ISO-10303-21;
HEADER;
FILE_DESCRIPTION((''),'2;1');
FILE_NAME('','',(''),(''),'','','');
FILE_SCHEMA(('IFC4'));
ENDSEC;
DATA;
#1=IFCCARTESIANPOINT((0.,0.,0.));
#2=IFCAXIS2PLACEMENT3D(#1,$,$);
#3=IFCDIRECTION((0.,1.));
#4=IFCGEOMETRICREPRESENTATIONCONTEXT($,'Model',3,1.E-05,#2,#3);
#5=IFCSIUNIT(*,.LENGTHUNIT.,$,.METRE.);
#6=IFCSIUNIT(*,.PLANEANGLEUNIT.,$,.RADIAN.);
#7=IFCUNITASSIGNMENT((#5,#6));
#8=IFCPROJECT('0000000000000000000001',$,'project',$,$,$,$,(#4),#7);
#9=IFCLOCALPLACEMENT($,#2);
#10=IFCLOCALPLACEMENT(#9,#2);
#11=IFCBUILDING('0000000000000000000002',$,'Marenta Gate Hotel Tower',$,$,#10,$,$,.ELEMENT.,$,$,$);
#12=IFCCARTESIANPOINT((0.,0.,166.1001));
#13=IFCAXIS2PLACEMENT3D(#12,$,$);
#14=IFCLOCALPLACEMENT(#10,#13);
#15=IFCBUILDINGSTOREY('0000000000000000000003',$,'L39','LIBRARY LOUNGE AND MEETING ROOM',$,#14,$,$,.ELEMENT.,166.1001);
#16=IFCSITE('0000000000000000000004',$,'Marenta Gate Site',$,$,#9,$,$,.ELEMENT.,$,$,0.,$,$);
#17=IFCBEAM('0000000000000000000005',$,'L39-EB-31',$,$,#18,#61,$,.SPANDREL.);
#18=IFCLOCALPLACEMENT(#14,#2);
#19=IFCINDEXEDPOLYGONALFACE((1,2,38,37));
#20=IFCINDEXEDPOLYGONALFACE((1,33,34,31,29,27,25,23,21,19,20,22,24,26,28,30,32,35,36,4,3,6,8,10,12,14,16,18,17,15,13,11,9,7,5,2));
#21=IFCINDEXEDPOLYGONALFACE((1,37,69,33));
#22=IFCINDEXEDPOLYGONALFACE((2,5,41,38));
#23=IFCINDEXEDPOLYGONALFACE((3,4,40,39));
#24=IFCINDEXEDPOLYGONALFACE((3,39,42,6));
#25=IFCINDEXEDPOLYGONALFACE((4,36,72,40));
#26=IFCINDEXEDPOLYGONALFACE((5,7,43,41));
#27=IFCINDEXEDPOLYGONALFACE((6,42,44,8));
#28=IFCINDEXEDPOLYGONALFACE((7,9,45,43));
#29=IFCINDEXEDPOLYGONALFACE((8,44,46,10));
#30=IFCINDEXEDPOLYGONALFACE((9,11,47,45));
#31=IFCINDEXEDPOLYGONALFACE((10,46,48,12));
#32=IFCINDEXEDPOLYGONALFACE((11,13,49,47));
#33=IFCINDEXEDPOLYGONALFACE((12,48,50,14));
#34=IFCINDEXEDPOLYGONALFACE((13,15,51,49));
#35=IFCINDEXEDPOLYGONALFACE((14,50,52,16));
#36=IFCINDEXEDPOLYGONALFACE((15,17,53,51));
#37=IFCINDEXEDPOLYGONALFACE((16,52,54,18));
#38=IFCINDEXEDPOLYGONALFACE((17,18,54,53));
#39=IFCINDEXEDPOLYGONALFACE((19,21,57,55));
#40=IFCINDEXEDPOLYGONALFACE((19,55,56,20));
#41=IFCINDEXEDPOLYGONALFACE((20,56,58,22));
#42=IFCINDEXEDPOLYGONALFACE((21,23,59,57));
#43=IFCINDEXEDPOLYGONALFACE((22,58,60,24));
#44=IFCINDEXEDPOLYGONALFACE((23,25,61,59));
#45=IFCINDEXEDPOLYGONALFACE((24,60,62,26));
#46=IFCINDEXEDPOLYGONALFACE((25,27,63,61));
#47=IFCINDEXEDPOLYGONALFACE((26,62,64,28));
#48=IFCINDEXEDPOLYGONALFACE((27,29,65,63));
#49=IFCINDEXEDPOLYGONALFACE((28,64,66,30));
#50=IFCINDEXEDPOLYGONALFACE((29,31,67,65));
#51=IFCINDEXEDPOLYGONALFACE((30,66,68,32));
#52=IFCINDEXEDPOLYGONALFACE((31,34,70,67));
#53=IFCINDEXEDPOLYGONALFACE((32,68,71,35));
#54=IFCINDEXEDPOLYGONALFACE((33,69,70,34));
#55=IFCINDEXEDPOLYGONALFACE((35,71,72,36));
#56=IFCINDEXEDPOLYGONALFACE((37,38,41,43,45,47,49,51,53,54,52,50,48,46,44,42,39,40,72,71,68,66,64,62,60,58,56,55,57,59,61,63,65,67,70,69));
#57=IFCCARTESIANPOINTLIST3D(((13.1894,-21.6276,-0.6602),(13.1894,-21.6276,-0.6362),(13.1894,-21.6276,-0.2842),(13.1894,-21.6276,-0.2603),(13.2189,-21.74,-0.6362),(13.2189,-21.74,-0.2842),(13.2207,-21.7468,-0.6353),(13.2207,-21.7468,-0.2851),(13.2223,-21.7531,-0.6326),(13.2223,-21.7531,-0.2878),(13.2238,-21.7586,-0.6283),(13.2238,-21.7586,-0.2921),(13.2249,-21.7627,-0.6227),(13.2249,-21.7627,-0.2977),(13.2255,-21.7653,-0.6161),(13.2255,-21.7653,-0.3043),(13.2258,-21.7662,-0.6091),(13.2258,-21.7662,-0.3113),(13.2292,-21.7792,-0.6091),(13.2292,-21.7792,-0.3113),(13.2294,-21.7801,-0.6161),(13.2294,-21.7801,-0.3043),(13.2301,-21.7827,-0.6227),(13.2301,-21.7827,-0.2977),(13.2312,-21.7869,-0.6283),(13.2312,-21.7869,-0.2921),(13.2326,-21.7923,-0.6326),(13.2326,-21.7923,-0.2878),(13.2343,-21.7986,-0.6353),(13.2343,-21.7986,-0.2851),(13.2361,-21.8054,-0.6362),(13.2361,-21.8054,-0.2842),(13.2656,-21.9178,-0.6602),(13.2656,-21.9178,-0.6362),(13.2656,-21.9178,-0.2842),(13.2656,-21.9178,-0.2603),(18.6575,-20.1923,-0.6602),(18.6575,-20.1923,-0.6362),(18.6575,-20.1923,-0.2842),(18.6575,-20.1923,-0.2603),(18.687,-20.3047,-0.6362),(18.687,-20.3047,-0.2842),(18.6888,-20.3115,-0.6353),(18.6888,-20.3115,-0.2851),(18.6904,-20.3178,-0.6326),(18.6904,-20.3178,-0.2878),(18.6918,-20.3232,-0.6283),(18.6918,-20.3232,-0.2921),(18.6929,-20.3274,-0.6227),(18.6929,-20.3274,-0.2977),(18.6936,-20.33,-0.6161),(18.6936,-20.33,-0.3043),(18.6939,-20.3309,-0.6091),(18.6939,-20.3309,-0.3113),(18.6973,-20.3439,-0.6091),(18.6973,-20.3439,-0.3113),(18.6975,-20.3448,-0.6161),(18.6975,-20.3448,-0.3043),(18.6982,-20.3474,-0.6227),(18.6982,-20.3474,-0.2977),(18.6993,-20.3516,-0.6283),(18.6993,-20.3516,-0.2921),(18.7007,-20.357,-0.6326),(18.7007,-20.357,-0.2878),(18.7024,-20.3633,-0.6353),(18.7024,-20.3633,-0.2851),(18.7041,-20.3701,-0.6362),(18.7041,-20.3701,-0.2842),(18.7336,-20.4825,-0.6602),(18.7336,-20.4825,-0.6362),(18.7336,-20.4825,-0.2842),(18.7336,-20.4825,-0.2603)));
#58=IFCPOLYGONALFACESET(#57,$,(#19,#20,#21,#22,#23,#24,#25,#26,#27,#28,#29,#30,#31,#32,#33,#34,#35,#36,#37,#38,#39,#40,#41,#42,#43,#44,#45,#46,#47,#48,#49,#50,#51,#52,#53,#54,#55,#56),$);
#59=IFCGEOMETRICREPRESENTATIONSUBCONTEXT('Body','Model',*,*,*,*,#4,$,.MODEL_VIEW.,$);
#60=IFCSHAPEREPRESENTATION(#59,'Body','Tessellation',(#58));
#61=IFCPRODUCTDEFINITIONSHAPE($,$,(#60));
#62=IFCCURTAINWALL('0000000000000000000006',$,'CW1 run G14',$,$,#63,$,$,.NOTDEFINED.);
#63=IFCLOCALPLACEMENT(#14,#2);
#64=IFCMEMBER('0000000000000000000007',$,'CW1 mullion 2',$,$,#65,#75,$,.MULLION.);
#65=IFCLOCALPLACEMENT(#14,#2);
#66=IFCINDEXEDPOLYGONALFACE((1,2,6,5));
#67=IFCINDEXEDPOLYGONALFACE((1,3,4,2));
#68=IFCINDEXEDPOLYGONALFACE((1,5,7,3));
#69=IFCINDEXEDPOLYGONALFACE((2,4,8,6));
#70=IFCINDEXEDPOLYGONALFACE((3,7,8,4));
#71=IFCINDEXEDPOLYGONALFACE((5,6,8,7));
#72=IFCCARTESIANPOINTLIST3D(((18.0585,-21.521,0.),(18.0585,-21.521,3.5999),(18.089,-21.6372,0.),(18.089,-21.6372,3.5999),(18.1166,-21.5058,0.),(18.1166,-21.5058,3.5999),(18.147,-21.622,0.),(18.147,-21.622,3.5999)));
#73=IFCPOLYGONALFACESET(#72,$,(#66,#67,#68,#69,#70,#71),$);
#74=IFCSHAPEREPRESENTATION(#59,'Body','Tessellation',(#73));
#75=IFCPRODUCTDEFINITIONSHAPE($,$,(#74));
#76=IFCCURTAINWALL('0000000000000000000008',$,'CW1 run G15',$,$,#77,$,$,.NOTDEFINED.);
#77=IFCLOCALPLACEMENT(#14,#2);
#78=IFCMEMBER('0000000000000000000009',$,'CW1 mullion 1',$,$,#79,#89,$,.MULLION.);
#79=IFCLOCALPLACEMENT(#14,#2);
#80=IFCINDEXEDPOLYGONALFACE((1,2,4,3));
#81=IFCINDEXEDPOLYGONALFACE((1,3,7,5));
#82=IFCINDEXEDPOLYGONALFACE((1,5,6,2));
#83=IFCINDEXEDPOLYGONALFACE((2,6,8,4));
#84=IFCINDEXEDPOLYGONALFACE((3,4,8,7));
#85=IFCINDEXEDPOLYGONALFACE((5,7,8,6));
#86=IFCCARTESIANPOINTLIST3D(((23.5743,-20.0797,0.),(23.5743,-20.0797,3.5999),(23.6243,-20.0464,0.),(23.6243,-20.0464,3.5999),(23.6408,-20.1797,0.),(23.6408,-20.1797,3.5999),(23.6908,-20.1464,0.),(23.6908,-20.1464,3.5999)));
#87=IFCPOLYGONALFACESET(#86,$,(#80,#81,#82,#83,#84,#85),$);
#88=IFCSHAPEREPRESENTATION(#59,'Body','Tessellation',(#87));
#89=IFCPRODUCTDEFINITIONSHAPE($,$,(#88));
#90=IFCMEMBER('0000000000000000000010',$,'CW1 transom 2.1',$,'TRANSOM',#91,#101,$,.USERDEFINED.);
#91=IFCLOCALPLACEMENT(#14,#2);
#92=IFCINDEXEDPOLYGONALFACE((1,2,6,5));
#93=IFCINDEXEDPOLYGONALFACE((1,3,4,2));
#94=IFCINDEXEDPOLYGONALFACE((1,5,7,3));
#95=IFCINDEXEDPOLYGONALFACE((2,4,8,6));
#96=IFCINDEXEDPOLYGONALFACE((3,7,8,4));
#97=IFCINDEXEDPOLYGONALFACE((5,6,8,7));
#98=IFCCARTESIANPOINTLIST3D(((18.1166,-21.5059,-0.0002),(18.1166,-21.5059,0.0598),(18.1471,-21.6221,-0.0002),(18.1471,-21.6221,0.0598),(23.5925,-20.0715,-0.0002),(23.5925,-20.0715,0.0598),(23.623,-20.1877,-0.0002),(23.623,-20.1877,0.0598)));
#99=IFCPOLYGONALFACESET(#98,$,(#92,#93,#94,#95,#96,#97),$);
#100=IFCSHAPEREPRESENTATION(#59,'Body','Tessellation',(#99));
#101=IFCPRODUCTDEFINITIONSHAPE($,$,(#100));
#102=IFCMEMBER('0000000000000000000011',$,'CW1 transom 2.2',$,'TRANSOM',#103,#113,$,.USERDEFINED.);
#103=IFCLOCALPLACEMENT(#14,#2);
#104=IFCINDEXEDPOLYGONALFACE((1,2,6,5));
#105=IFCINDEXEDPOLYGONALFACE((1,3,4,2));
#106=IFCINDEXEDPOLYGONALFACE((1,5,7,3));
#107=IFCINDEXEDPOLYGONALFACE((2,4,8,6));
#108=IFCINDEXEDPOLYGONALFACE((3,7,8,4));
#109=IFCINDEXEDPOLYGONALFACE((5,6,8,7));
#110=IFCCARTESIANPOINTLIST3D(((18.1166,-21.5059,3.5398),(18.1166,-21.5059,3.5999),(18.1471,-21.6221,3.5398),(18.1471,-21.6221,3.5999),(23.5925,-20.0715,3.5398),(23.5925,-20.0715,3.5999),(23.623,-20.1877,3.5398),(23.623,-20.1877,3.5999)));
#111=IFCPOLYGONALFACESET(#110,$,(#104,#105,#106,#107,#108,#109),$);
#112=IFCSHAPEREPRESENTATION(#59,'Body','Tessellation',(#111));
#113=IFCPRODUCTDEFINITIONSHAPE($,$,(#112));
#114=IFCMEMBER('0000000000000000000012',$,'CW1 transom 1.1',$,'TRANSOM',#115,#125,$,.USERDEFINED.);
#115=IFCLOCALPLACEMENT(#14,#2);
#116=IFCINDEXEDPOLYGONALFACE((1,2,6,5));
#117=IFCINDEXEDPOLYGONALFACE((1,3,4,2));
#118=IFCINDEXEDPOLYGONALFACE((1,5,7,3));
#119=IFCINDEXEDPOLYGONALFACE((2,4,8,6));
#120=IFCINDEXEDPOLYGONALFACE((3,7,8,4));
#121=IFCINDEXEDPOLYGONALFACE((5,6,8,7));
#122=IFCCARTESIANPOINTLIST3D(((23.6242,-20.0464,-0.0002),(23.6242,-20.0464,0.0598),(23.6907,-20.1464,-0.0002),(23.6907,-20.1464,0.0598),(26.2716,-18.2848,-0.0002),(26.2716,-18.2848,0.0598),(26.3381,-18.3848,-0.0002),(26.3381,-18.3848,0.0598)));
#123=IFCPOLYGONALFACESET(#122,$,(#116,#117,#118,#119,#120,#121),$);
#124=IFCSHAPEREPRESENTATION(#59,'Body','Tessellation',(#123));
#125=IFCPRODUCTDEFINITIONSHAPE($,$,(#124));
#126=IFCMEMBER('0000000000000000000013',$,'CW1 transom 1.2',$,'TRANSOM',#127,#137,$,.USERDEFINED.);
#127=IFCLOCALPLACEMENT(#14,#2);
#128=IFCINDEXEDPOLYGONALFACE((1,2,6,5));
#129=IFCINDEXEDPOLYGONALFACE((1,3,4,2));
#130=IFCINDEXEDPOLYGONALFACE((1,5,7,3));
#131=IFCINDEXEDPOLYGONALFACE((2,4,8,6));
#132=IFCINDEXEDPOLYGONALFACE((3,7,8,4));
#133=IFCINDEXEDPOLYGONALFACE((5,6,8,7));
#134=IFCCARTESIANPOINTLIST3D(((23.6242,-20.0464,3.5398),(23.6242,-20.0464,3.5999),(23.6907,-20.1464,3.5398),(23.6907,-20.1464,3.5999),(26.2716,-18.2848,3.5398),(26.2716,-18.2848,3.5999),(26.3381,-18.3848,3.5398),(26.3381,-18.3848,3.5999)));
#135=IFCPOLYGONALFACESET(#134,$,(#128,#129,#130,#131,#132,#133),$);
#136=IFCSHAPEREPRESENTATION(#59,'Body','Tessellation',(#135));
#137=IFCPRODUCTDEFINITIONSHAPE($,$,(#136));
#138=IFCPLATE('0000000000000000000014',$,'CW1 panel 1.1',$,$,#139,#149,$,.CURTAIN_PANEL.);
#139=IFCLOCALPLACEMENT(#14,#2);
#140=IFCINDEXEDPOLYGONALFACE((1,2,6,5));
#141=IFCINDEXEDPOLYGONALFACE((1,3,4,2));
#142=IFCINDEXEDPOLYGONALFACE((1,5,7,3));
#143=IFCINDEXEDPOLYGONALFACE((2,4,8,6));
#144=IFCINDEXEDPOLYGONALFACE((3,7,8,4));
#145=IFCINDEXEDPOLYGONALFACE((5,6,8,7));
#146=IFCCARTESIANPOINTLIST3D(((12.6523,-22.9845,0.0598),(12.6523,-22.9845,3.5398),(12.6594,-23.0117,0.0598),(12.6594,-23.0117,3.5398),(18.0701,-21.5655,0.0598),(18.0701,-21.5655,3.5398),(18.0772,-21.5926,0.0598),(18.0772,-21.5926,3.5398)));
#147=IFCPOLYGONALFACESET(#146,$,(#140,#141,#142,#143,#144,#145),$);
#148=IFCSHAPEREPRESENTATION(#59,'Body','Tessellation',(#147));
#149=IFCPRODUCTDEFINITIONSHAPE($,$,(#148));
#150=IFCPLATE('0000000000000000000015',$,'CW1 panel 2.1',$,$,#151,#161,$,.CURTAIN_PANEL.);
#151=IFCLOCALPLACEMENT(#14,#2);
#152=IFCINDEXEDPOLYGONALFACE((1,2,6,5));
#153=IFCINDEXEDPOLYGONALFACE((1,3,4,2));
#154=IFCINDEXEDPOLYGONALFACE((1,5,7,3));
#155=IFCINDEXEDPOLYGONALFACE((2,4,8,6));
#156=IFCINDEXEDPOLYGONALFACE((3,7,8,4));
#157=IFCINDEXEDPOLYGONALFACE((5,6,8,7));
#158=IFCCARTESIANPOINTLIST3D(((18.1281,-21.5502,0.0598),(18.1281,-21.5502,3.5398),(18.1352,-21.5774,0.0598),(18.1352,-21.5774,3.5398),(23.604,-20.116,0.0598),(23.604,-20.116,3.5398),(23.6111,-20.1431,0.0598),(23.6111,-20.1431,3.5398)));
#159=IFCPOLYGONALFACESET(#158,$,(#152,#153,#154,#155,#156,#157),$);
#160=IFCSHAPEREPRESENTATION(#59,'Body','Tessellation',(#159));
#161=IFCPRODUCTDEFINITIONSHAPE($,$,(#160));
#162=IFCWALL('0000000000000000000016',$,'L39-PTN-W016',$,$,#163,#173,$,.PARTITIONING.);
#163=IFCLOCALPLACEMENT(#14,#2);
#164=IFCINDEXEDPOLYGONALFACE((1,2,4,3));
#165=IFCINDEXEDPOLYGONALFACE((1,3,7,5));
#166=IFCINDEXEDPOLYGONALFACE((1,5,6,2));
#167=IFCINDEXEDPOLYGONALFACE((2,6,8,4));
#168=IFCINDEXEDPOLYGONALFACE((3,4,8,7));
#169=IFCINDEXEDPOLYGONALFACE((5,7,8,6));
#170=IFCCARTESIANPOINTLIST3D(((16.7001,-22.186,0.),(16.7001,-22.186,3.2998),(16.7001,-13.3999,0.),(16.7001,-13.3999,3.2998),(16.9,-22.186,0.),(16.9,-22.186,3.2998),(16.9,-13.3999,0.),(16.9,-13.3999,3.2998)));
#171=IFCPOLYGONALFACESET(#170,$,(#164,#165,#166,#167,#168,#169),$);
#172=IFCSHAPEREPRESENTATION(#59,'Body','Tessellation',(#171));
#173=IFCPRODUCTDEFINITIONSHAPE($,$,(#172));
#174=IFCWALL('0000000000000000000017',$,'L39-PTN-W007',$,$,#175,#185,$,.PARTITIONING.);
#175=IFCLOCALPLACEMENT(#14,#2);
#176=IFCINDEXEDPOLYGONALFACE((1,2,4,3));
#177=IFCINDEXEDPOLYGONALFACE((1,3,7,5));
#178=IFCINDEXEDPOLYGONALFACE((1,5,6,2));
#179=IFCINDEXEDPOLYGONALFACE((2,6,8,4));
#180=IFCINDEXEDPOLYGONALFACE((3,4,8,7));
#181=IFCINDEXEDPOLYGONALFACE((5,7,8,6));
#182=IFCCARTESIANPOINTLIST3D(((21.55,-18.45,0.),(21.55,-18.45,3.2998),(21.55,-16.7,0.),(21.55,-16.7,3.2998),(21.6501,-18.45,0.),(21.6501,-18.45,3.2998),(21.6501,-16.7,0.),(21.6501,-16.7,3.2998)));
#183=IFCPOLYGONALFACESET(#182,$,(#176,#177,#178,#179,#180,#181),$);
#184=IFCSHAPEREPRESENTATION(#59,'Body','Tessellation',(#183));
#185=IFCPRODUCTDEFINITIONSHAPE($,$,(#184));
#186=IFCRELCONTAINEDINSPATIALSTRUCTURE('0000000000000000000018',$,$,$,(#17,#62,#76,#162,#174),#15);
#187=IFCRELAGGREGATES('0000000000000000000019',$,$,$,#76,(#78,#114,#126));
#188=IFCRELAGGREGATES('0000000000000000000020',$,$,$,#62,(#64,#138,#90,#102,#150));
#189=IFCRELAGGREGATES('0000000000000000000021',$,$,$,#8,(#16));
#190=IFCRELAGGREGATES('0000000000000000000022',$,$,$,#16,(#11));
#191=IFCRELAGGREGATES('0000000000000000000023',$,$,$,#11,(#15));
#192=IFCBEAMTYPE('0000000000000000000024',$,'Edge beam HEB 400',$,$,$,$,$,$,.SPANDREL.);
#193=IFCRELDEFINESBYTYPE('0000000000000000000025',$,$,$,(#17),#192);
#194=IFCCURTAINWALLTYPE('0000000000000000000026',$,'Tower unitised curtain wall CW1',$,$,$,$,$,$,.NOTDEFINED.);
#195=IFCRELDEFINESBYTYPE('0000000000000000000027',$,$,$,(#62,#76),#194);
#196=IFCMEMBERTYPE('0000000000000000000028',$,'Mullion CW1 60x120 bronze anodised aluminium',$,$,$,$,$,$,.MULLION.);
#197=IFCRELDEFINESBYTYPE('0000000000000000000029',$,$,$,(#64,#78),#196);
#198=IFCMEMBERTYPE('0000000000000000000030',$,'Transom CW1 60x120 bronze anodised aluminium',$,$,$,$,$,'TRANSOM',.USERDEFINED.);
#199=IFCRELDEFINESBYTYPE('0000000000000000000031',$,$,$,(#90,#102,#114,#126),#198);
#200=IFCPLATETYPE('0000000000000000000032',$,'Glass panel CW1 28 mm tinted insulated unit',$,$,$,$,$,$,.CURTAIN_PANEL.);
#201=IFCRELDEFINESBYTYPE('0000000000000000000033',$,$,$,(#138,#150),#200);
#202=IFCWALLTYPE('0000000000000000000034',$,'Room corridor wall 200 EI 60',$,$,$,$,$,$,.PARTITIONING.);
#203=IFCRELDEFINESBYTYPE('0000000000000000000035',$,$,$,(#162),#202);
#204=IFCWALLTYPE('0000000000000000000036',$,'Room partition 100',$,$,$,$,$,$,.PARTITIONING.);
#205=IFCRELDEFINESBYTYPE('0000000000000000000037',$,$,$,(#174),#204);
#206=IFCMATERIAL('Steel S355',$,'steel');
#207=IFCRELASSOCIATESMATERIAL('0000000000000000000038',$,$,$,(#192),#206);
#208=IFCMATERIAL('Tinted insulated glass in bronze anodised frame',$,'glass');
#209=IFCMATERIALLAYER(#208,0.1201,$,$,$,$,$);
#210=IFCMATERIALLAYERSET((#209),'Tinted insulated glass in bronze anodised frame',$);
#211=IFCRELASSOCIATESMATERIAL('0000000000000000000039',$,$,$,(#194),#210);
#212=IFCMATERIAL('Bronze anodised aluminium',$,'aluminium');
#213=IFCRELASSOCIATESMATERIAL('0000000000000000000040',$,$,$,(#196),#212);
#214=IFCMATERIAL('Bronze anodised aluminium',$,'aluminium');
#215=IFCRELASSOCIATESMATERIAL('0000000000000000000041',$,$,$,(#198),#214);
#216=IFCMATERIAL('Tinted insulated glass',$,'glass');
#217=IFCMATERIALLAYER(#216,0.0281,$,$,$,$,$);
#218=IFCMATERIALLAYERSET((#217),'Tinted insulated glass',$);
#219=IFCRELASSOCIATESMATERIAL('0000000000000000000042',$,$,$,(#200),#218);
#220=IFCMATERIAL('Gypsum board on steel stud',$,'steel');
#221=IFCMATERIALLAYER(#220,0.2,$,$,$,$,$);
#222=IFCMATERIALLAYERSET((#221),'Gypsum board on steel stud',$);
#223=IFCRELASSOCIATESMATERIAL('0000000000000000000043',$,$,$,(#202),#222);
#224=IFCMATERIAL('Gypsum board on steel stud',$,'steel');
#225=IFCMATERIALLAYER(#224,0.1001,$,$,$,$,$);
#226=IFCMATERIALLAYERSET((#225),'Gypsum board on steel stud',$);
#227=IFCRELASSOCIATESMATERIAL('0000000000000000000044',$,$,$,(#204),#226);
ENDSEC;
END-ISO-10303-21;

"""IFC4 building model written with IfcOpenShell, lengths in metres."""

from ifc_helpers import new_model, si_unit, direction, frame, frame_2d, origin, origin_2d, place, context, subcontext, project, spatial, rectangle, i_section, extrude, material, layer, layer_set, material_profile, profile_set, type_object, element, aggregate, save


model = new_model("IFC4")

# Units and contexts
model_context = context("Model", 3, precision=1e-05, world=origin(), true_north=direction((0.0, 1.0)))
body_context = subcontext(model_context, "Body", "Model", "MODEL_VIEW")
ifc_project = project(units=[si_unit("LENGTHUNIT", "METRE"), si_unit("PLANEANGLEUNIT", "RADIAN")], contexts=[model_context])

# Site, building, storey
site_placement = place(None, origin())
site = spatial("IfcSite", under=ifc_project, at=site_placement, Name="Marenta Gate Site", CompositionType="ELEMENT", RefElevation=0.0)
building_placement = place(site_placement, origin())
building = spatial("IfcBuilding", under=site, at=building_placement, Name="Marenta Gate Hotel Tower", CompositionType="ELEMENT")
storey_placement = place(building_placement, frame((0.0, 0.0, 166.1001)))
storey = spatial("IfcBuildingStorey", under=building, at=storey_placement, Name="L39", Description="LIBRARY LOUNGE AND MEETING ROOM", CompositionType="ELEMENT", Elevation=166.1001)

# Beam
ifc_material_1 = material(Name="Steel S355", Category="steel")
ifc_material_profile_1 = material_profile(ifc_material_1, i_section(OverallWidth=0.3, OverallDepth=0.3999, WebThickness=0.0134, FlangeThickness=0.0239, FilletRadius=0.0271, at=origin_2d()), Name="HEB 400")
ifc_profile_set_1 = profile_set([ifc_material_profile_1], Name="Steel S355")
beam_type = type_object("IfcBeamType", Name="Edge beam HEB 400", PredefinedType="SPANDREL", material=ifc_profile_set_1)
beam_1_placement = place(storey_placement, frame((18.6956, -20.3374, -0.4602), z_axis=(-0.967233, -0.25389, 0.0), x_axis=(0.25389, -0.967233, 0.0)))
element("IfcBeam", 1, at=beam_1_placement, inside=storey, type_object=beam_type, Name="L39-EB-31", PredefinedType="SPANDREL", context=body_context, shape_type="SweptSolid", body=[
    extrude(i_section(OverallWidth=0.3, OverallDepth=0.3999, WebThickness=0.0134, FlangeThickness=0.0239, FilletRadius=0.0271, at=origin_2d()), origin(), (0.0, 0.0, 1.0), 5.6533),
])

# Curtain walls, members
ifc_material_2 = material(Name="Tinted insulated glass in bronze anodised frame", Category="glass")
ifc_layer_1 = layer(ifc_material_2, 0.1201)
ifc_layer_set_1 = layer_set([ifc_layer_1], Name="Tinted insulated glass in bronze anodised frame")
curtain_wall_type = type_object("IfcCurtainWallType", Name="Tower unitised curtain wall CW1", PredefinedType="NOTDEFINED", material=ifc_layer_set_1)
curtain_wall_1_placement = place(storey_placement, origin())
curtain_wall_1 = element("IfcCurtainWall", 2, at=curtain_wall_1_placement, inside=storey, type_object=curtain_wall_type, Name="CW1 run G14", PredefinedType="NOTDEFINED")
ifc_material_3 = material(Name="Bronze anodised aluminium", Category="aluminium")
ifc_material_profile_2 = material_profile(ifc_material_3, rectangle(XDim=0.1201, YDim=0.0601, at=origin_2d()), Name="Mullion CW1 60x120 bronze anodised aluminium")
ifc_profile_set_2 = profile_set([ifc_material_profile_2], Name="Bronze anodised aluminium")
member_type_1 = type_object("IfcMemberType", Name="Mullion CW1 60x120 bronze anodised aluminium", PredefinedType="MULLION", material=ifc_profile_set_2)
member_1_placement = place(storey_placement, frame((18.1028, -21.5715, 0.0), z_axis=(0.0, 0.0, 1.0), x_axis=(-0.253374, 0.967368, 0.0)))
member_1 = element("IfcMember", 3, at=member_1_placement, type_object=member_type_1, Name="CW1 mullion 2", PredefinedType="MULLION", context=body_context, shape_type="SweptSolid", body=[
    extrude(rectangle(XDim=0.1201, YDim=0.0601, at=origin_2d()), origin(), (0.0, 0.0, 1.0), 3.5999),
])
curtain_wall_2_placement = place(storey_placement, origin())
curtain_wall_2 = element("IfcCurtainWall", 4, at=curtain_wall_2_placement, inside=storey, type_object=curtain_wall_type, Name="CW1 run G15", PredefinedType="NOTDEFINED")
member_2_placement = place(storey_placement, frame((23.6326, -20.113, 0.0), z_axis=(0.0, 0.0, 1.0), x_axis=(-0.554016, 0.832506, 0.0)))
member_2 = element("IfcMember", 5, at=member_2_placement, type_object=member_type_1, Name="CW1 mullion 1", PredefinedType="MULLION", context=body_context, shape_type="SweptSolid", body=[
    extrude(rectangle(XDim=0.1201, YDim=0.0601, at=origin_2d()), origin(), (0.0, 0.0, 1.0), 3.5999),
])

# Members
ifc_material_4 = material(Name="Bronze anodised aluminium", Category="aluminium")
ifc_material_profile_3 = material_profile(ifc_material_4, rectangle(XDim=0.1201, YDim=0.0601, at=origin_2d()), Name="Transom CW1 60x120 bronze anodised aluminium")
ifc_profile_set_3 = profile_set([ifc_material_profile_3], Name="Bronze anodised aluminium")
member_type_2 = type_object("IfcMemberType", Name="Transom CW1 60x120 bronze anodised aluminium", ElementType="TRANSOM", PredefinedType="USERDEFINED", material=ifc_profile_set_3)
member_3_placement = place(storey_placement, frame((18.1318, -21.564, 0.0298), z_axis=(0.967364, 0.253389, 0.0), x_axis=(-0.253389, 0.967364, 0.0)))
member_3 = element("IfcMember", 6, at=member_3_placement, type_object=member_type_2, Name="CW1 transom 2.1", ObjectType="TRANSOM", PredefinedType="USERDEFINED", context=body_context, shape_type="SweptSolid", body=[
    extrude(rectangle(XDim=0.1201, YDim=0.0601, at=origin_2d()), origin(), (0.0, 0.0, 1.0), 5.6606),
])
member_4_placement = place(storey_placement, frame((18.1318, -21.564, 3.5698), z_axis=(0.967364, 0.253389, 0.0), x_axis=(-0.253389, 0.967364, 0.0)))
member_4 = element("IfcMember", 7, at=member_4_placement, type_object=member_type_2, Name="CW1 transom 2.2", ObjectType="TRANSOM", PredefinedType="USERDEFINED", context=body_context, shape_type="SweptSolid", body=[
    extrude(rectangle(XDim=0.1201, YDim=0.0601, at=origin_2d()), origin(), (0.0, 0.0, 1.0), 5.6606),
])
member_5_placement = place(storey_placement, frame((23.6575, -20.0964, 0.0298), z_axis=(0.832522, 0.553991, 0.0), x_axis=(-0.553991, 0.832522, 0.0)))
member_5 = element("IfcMember", 8, at=member_5_placement, type_object=member_type_2, Name="CW1 transom 1.1", ObjectType="TRANSOM", PredefinedType="USERDEFINED", context=body_context, shape_type="SweptSolid", body=[
    extrude(rectangle(XDim=0.1201, YDim=0.0601, at=origin_2d()), origin(), (0.0, 0.0, 1.0), 3.1799),
])
member_6_placement = place(storey_placement, frame((23.6575, -20.0964, 3.5698), z_axis=(0.832522, 0.553991, 0.0), x_axis=(-0.553991, 0.832522, 0.0)))
member_6 = element("IfcMember", 9, at=member_6_placement, type_object=member_type_2, Name="CW1 transom 1.2", ObjectType="TRANSOM", PredefinedType="USERDEFINED", context=body_context, shape_type="SweptSolid", body=[
    extrude(rectangle(XDim=0.1201, YDim=0.0601, at=origin_2d()), origin(), (0.0, 0.0, 1.0), 3.1799),
])
aggregate(curtain_wall_2, [member_2, member_5, member_6])

# Plates
ifc_material_5 = material(Name="Tinted insulated glass", Category="glass")
ifc_layer_2 = layer(ifc_material_5, 0.0281)
ifc_layer_set_2 = layer_set([ifc_layer_2], Name="Tinted insulated glass")
plate_type = type_object("IfcPlateType", Name="Glass panel CW1 28 mm tinted insulated unit", PredefinedType="CURTAIN_PANEL", material=ifc_layer_set_2)
plate_1_placement = place(storey_placement, frame((15.3647, -22.2886, 0.0598), z_axis=(0.0, 0.0, 1.0), x_axis=(0.967368, 0.253374, 0.0)))
plate_1 = element("IfcPlate", 10, at=plate_1_placement, type_object=plate_type, Name="CW1 panel 1.1", PredefinedType="CURTAIN_PANEL", context=body_context, shape_type="SweptSolid", body=[
    extrude(rectangle(XDim=5.6006, YDim=0.0281, at=origin_2d()), origin(), (0.0, 0.0, 1.0), 3.48),
])
plate_2_placement = place(storey_placement, frame((20.8696, -20.8467, 0.0598), z_axis=(0.0, 0.0, 1.0), x_axis=(0.967368, 0.253374, 0.0)))
plate_2 = element("IfcPlate", 11, at=plate_2_placement, type_object=plate_type, Name="CW1 panel 2.1", PredefinedType="CURTAIN_PANEL", context=body_context, shape_type="SweptSolid", body=[
    extrude(rectangle(XDim=5.6606, YDim=0.0281, at=origin_2d()), origin(), (0.0, 0.0, 1.0), 3.48),
])
aggregate(curtain_wall_1, [member_1, plate_1, member_3, member_4, plate_2])

# Shared definitions
ifc_material_6 = material(Name="Gypsum board on steel stud", Category="steel")
ifc_layer_3 = layer(ifc_material_6, 0.2)
ifc_layer_set_3 = layer_set([ifc_layer_3], Name="Gypsum board on steel stud")
wall_type_1 = type_object("IfcWallType", Name="Room corridor wall 200 EI 60", PredefinedType="PARTITIONING", material=ifc_layer_set_3)

# Walls
wall_1_placement = place(storey_placement, frame((16.8, -22.186, 0.0), z_axis=(0.0, 0.0, 1.0), x_axis=(0.0, 1.0, 0.0)))
element("IfcWall", 12, at=wall_1_placement, inside=storey, type_object=wall_type_1, Name="L39-PTN-W016", PredefinedType="PARTITIONING", context=body_context, shape_type="SweptSolid", body=[
    extrude(rectangle(XDim=8.7861, YDim=0.2, at=frame_2d((4.3931, 0.0))), origin(), (0.0, 0.0, 1.0), 3.2998),
])
ifc_material_7 = material(Name="Gypsum board on steel stud", Category="steel")
ifc_layer_4 = layer(ifc_material_7, 0.1001)
ifc_layer_set_4 = layer_set([ifc_layer_4], Name="Gypsum board on steel stud")
wall_type_2 = type_object("IfcWallType", Name="Room partition 100", PredefinedType="PARTITIONING", material=ifc_layer_set_4)
wall_2_placement = place(storey_placement, frame((21.6001, -18.45, 0.0), z_axis=(0.0, 0.0, 1.0), x_axis=(0.0, 1.0, 0.0)))
element("IfcWall", 13, at=wall_2_placement, inside=storey, type_object=wall_type_2, Name="L39-PTN-W007", PredefinedType="PARTITIONING", context=body_context, shape_type="SweptSolid", body=[
    extrude(rectangle(XDim=1.75, YDim=0.1001, at=frame_2d((0.875, 0.0))), origin(), (0.0, 0.0, 1.0), 3.2998),
])

save(model, "model.ifc")
